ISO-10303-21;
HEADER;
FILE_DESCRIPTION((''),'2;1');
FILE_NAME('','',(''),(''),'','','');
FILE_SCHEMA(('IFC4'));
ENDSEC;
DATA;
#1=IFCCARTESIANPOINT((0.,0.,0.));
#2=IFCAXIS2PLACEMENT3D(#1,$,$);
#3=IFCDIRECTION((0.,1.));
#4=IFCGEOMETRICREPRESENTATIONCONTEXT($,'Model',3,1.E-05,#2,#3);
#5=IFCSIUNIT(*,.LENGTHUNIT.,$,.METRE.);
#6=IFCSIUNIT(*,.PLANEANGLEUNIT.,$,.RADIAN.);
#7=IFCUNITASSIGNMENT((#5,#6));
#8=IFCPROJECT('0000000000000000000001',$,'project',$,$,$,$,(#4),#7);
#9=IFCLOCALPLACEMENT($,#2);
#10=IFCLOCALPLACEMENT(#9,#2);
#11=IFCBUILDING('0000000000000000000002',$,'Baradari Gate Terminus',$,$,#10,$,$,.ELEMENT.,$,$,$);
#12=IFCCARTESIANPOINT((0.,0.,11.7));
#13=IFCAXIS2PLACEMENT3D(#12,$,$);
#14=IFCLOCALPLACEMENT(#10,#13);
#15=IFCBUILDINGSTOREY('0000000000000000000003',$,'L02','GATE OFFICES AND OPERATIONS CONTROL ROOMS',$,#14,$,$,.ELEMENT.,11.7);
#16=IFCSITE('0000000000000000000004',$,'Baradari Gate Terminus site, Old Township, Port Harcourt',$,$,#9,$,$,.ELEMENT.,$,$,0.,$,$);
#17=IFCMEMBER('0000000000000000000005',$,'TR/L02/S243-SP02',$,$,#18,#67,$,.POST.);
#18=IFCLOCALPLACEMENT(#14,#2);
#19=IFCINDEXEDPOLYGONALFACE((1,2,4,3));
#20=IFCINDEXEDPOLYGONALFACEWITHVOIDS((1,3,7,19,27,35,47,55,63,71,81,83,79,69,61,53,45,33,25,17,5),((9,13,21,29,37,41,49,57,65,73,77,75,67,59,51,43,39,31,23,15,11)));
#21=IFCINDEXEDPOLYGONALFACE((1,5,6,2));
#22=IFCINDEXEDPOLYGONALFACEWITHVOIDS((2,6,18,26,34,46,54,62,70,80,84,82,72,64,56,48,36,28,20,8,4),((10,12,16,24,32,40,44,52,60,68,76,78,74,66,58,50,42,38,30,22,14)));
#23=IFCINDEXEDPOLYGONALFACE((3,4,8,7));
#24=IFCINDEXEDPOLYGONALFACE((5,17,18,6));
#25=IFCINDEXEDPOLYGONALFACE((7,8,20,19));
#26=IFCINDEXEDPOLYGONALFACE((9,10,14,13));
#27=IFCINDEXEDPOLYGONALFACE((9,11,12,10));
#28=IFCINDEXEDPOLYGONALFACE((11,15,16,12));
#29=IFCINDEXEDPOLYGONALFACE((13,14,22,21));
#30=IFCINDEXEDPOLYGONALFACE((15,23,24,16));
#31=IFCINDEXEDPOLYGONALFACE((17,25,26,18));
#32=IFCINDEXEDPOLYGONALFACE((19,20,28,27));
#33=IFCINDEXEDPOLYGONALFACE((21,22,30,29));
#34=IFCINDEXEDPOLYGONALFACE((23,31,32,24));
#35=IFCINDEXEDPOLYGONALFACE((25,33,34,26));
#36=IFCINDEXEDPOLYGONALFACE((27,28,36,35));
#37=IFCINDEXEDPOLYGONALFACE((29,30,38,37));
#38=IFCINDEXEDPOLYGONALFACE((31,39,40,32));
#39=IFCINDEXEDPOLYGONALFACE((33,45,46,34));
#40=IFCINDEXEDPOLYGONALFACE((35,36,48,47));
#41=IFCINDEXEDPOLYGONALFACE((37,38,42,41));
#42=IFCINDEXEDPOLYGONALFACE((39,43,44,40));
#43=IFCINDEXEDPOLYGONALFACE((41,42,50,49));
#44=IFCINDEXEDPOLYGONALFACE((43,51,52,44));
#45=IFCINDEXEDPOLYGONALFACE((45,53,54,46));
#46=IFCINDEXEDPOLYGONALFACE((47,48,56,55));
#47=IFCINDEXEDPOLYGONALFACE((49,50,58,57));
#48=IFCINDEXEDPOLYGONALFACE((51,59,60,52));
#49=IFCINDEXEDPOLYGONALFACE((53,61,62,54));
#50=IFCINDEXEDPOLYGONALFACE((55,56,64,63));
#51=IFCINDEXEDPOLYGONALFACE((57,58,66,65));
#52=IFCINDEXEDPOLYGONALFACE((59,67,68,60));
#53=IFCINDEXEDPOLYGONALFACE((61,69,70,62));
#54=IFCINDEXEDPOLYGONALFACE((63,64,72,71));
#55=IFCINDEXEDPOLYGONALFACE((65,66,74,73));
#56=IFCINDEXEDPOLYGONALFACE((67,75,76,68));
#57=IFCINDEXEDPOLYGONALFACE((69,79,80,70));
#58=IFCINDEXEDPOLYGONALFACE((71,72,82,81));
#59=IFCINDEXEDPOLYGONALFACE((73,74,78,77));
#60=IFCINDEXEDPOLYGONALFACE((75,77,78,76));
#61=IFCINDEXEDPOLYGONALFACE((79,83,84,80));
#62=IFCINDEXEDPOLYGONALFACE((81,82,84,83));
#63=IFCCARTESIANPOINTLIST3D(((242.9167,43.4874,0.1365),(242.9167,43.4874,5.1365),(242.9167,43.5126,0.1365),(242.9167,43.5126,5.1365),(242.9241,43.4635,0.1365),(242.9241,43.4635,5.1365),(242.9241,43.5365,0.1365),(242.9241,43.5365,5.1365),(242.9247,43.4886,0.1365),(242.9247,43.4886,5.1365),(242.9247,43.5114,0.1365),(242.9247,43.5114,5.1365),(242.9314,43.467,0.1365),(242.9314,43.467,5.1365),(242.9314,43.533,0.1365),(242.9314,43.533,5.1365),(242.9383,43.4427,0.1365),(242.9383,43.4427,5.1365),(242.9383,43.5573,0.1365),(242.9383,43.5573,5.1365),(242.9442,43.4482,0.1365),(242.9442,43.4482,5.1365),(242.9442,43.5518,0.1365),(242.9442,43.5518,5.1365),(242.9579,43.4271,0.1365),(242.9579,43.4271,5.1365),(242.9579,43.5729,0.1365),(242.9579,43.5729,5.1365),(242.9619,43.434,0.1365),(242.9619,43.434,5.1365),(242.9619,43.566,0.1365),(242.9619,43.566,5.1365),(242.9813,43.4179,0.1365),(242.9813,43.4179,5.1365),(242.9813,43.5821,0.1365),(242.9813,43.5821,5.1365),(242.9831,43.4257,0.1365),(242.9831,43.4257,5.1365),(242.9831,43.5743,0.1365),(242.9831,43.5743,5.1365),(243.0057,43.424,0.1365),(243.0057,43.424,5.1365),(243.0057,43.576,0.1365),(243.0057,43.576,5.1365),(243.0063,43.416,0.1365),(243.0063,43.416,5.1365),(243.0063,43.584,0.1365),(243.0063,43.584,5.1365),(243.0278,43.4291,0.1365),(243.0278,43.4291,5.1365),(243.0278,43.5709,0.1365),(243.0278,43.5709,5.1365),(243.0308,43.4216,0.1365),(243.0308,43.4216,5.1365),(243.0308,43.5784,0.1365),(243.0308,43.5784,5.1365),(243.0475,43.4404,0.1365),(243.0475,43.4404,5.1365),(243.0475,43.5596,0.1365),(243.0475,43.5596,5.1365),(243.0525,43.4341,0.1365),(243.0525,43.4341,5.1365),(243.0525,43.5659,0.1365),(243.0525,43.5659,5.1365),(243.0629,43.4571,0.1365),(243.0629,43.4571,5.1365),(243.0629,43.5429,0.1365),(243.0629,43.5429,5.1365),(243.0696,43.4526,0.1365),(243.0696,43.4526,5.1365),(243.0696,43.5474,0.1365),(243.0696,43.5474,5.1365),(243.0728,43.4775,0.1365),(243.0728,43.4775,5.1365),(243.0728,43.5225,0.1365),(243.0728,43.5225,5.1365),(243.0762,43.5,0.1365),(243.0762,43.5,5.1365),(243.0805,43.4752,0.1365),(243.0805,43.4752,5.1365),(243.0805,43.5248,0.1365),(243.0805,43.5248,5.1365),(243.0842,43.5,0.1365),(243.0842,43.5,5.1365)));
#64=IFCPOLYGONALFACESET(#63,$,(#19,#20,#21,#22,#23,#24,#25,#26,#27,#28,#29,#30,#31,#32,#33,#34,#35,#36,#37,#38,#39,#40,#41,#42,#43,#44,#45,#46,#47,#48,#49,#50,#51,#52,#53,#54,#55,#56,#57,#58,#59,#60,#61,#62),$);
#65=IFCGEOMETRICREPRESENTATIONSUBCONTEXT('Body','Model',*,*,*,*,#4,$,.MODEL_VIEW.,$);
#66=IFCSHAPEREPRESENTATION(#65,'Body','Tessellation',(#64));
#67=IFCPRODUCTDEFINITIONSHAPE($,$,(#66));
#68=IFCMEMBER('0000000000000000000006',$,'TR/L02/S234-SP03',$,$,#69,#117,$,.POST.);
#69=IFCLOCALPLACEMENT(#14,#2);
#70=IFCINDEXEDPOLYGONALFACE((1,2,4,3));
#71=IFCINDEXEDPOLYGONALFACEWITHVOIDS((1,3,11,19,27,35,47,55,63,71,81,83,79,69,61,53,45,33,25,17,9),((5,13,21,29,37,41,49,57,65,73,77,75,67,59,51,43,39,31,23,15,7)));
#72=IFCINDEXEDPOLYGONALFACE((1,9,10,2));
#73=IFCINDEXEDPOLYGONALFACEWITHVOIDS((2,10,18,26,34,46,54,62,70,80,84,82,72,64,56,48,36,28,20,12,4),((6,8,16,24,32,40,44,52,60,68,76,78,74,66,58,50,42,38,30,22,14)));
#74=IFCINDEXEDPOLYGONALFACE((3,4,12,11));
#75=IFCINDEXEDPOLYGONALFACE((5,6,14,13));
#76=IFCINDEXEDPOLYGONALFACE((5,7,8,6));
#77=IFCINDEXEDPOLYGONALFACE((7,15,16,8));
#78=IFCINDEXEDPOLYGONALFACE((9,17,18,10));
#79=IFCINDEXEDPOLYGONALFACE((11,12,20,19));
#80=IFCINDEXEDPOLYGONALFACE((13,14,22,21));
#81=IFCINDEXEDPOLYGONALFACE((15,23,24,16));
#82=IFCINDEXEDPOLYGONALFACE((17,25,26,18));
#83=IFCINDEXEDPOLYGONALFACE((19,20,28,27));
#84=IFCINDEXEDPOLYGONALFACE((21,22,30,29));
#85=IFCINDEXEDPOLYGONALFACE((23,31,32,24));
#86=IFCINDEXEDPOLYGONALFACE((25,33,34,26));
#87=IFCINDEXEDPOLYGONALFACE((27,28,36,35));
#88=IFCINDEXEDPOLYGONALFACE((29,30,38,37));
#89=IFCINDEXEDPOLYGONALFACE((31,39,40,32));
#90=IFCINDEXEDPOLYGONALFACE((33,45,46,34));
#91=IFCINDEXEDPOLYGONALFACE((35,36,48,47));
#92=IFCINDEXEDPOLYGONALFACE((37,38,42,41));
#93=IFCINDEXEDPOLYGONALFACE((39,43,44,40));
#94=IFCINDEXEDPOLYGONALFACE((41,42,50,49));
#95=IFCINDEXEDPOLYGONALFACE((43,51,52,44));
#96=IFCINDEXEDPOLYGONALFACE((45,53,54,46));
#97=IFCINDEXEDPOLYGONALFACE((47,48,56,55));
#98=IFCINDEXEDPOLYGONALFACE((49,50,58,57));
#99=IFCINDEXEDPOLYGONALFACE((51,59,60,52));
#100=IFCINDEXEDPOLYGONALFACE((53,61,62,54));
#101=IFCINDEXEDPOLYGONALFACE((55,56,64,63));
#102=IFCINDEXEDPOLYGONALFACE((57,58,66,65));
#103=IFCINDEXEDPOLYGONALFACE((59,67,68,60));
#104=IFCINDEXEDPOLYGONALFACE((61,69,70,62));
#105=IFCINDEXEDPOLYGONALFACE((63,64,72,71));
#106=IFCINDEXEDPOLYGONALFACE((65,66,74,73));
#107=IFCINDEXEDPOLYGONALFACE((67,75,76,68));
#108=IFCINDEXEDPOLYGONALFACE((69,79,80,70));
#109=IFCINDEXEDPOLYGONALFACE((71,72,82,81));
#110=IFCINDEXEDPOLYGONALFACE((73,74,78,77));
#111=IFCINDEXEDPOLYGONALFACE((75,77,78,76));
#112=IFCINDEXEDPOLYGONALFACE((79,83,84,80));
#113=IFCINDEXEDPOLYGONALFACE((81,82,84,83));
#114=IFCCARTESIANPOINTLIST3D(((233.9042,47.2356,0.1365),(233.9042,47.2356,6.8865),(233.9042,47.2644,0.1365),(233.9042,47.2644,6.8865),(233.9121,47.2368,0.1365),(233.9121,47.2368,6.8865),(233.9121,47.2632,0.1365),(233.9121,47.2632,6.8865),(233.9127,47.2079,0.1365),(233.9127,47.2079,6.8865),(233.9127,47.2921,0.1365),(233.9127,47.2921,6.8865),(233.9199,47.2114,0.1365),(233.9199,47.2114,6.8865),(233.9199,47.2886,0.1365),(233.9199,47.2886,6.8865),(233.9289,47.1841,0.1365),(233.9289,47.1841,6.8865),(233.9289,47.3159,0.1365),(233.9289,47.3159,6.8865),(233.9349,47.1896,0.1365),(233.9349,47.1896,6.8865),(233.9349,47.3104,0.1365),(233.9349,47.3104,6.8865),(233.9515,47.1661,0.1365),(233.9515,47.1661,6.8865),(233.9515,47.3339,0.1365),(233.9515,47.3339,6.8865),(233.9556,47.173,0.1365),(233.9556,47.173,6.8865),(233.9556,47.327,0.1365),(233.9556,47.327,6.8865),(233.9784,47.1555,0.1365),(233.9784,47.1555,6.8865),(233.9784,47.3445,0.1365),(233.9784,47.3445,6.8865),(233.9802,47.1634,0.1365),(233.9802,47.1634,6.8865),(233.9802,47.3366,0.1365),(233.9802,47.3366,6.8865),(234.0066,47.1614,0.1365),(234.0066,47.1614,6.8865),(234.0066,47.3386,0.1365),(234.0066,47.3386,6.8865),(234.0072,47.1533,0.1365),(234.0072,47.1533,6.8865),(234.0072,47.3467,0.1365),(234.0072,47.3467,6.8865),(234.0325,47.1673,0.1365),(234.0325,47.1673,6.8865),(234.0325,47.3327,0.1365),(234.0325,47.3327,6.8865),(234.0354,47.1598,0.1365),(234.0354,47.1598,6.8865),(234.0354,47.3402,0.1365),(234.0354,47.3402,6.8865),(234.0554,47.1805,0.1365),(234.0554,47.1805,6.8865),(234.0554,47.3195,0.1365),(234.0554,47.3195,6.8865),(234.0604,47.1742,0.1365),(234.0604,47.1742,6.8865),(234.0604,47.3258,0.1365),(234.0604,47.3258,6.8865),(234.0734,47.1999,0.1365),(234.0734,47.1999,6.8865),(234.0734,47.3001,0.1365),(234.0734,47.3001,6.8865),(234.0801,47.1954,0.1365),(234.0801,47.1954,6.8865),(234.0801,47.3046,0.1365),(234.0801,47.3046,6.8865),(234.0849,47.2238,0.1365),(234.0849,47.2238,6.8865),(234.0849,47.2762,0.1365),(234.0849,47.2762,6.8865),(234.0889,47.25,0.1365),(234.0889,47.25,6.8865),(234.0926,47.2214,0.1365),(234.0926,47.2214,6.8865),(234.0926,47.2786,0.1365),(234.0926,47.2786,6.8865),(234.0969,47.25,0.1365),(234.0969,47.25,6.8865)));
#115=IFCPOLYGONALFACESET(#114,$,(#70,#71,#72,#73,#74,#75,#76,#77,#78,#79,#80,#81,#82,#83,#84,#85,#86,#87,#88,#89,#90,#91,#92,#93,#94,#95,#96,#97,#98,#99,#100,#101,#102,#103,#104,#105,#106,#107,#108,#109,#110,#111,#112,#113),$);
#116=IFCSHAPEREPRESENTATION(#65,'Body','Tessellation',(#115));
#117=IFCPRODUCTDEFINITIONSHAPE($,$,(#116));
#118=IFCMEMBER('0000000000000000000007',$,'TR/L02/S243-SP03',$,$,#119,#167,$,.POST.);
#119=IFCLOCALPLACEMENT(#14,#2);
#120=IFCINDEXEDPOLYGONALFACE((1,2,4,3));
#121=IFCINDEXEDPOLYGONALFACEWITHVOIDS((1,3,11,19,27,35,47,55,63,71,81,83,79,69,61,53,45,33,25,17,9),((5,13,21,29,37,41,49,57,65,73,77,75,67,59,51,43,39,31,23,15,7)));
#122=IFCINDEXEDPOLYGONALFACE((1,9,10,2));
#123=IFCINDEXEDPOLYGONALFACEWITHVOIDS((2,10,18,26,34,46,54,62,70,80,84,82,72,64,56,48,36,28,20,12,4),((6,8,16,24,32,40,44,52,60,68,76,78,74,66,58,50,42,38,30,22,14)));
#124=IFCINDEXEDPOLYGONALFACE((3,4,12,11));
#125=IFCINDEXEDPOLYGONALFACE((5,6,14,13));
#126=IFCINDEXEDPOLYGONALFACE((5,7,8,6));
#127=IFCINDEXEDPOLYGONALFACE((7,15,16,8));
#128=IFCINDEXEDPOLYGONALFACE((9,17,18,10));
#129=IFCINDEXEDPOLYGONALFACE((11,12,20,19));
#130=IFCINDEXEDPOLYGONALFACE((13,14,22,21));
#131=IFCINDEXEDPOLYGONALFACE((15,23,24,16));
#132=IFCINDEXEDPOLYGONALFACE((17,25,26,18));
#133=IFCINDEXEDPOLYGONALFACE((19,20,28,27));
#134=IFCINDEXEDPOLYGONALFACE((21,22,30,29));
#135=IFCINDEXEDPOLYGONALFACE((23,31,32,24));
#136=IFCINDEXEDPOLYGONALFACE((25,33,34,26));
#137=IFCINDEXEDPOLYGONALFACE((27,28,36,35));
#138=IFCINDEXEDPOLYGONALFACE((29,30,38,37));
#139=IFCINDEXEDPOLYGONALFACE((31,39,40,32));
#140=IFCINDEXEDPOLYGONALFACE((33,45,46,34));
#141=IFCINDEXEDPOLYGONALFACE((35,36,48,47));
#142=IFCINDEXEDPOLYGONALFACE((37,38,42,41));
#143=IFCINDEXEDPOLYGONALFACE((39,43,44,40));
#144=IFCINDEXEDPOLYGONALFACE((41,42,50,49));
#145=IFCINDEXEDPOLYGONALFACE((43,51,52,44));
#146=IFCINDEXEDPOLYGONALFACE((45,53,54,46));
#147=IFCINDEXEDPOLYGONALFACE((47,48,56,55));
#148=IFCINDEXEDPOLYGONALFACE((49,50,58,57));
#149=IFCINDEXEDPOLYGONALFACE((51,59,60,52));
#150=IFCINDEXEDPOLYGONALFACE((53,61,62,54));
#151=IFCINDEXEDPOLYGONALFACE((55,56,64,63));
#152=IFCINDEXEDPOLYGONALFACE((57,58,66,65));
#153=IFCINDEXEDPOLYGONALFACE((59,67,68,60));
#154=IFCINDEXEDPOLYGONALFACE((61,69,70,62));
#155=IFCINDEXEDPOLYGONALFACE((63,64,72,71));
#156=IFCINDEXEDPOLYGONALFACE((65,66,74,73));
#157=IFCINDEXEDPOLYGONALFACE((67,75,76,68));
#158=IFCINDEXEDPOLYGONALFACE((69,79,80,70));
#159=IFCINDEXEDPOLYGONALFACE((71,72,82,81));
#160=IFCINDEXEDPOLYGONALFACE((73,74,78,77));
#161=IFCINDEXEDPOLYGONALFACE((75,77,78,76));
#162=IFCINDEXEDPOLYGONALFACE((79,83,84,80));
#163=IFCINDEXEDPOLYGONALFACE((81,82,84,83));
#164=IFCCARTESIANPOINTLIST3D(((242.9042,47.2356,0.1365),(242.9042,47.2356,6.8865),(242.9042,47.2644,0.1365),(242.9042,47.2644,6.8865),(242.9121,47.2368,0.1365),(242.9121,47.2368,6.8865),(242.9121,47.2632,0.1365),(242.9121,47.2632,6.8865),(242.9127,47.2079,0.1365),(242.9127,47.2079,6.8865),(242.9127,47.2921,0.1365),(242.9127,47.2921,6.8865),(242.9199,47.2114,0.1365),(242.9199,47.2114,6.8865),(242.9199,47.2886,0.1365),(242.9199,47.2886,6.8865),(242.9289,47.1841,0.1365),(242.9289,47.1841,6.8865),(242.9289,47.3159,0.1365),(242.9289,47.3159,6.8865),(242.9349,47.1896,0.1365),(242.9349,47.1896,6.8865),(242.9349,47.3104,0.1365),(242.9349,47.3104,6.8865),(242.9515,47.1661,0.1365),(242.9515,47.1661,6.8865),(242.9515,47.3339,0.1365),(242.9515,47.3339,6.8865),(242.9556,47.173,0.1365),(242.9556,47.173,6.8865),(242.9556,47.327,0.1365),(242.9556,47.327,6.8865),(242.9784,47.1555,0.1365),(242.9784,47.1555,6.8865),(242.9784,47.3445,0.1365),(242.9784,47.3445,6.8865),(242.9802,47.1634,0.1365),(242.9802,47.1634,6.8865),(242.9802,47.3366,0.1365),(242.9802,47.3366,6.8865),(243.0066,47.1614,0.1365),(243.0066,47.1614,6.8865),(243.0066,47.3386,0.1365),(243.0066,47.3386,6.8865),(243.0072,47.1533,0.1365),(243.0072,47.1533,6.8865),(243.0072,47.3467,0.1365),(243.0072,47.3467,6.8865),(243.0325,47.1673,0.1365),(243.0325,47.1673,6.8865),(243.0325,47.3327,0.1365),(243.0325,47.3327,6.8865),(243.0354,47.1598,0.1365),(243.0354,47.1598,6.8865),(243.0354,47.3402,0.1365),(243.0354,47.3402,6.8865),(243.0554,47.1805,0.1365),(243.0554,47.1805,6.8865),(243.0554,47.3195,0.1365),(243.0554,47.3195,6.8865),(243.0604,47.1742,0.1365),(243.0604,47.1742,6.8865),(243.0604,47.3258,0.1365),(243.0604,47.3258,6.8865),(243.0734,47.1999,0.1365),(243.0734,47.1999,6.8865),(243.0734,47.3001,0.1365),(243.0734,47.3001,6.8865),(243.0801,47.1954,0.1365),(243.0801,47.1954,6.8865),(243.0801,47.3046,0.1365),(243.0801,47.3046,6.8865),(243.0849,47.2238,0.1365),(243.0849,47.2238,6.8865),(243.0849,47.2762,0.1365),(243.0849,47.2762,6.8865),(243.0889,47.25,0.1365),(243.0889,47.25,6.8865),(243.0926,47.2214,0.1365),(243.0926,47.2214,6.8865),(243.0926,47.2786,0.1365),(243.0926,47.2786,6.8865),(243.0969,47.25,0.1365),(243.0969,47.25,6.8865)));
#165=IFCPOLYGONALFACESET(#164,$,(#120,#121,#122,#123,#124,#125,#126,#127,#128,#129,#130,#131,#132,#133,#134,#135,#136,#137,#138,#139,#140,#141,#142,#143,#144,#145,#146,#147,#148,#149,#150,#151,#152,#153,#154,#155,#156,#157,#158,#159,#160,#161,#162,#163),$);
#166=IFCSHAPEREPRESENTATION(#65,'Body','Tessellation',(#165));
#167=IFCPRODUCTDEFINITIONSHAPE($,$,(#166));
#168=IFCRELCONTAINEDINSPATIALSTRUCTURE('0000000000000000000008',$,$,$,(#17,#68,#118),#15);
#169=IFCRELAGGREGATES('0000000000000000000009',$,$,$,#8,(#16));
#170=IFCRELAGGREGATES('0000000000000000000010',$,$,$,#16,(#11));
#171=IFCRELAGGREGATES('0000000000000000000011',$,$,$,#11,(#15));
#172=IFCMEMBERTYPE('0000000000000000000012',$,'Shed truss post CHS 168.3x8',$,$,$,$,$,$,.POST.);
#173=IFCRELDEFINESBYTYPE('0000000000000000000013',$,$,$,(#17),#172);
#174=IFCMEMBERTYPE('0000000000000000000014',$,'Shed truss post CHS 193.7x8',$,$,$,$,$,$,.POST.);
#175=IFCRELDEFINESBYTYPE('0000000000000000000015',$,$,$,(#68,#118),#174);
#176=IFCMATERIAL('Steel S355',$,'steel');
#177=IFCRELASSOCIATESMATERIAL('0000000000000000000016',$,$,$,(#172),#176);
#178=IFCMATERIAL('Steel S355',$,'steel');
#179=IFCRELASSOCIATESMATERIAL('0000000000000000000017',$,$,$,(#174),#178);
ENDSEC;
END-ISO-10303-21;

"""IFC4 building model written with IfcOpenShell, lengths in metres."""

from ifc_helpers import new_model, si_unit, direction, frame, origin, origin_2d, place, context, subcontext, project, spatial, hollow_circle, extrude, material, material_profile, profile_set, type_object, element, save


model = new_model("IFC4")

# Units and contexts
model_context = context("Model", 3, precision=1e-05, world=origin(), true_north=direction((0.0, 1.0)))
body_context = subcontext(model_context, "Body", "Model", "MODEL_VIEW")
ifc_project = project(units=[si_unit("LENGTHUNIT", "METRE"), si_unit("PLANEANGLEUNIT", "RADIAN")], contexts=[model_context])

# Site, building, storey
site_placement = place(None, origin())
site = spatial("IfcSite", under=ifc_project, at=site_placement, Name="Baradari Gate Terminus site, Old Township, Port Harcourt", CompositionType="ELEMENT", RefElevation=0.0)
building_placement = place(site_placement, origin())
building = spatial("IfcBuilding", under=site, at=building_placement, Name="Baradari Gate Terminus", CompositionType="ELEMENT")
storey_placement = place(building_placement, frame((0.0, 0.0, 11.7)))
storey = spatial("IfcBuildingStorey", under=building, at=storey_placement, Name="L02", Description="GATE OFFICES AND OPERATIONS CONTROL ROOMS", CompositionType="ELEMENT", Elevation=11.7)

# Members
ifc_material_1 = material(Name="Steel S355", Category="steel")
ifc_material_profile_1 = material_profile(ifc_material_1, hollow_circle(Radius=0.0842, WallThickness=0.0081, at=origin_2d()), Name="CHS 168.3x8")
ifc_profile_set_1 = profile_set([ifc_material_profile_1], Name="Steel S355")
member_type_1 = type_object("IfcMemberType", Name="Shed truss post CHS 168.3x8", PredefinedType="POST", material=ifc_profile_set_1)
member_1_placement = place(storey_placement, frame((243.0, 43.5, 0.1365), z_axis=(0.0, 0.0, 1.0), x_axis=(1.0, 0.0, 0.0)))
element("IfcMember", 1, at=member_1_placement, inside=storey, type_object=member_type_1, Name="TR/L02/S243-SP02", PredefinedType="POST", context=body_context, shape_type="SweptSolid", body=[
    extrude(hollow_circle(Radius=0.0842, WallThickness=0.0081, at=origin_2d()), origin(), (0.0, 0.0, 1.0), 5.0),
])
ifc_material_2 = material(Name="Steel S355", Category="steel")
ifc_material_profile_2 = material_profile(ifc_material_2, hollow_circle(Radius=0.0969, WallThickness=0.0081, at=origin_2d()), Name="CHS 193.7x8")
ifc_profile_set_2 = profile_set([ifc_material_profile_2], Name="Steel S355")
member_type_2 = type_object("IfcMemberType", Name="Shed truss post CHS 193.7x8", PredefinedType="POST", material=ifc_profile_set_2)
for number, where, z_axis, x_axis, name in (
    (2, (234.0, 47.25, 0.1365), (0.0, 0.0, 1.0), (1.0, 0.0, 0.0), "TR/L02/S234-SP03"),
    (3, (243.0, 47.25, 0.1365), (0.0, 0.0, 1.0), (1.0, 0.0, 0.0), "TR/L02/S243-SP03"),
):
    element("IfcMember", number, at=place(storey_placement, frame(where, z_axis=z_axis, x_axis=x_axis)), inside=storey, type_object=member_type_2, Name=name, PredefinedType="POST", context=body_context, shape_type="SweptSolid", body=[
        extrude(hollow_circle(Radius=0.0969, WallThickness=0.0081, at=origin_2d()), origin(), (0.0, 0.0, 1.0), 6.75),
    ])

save(model, "model.ifc")
